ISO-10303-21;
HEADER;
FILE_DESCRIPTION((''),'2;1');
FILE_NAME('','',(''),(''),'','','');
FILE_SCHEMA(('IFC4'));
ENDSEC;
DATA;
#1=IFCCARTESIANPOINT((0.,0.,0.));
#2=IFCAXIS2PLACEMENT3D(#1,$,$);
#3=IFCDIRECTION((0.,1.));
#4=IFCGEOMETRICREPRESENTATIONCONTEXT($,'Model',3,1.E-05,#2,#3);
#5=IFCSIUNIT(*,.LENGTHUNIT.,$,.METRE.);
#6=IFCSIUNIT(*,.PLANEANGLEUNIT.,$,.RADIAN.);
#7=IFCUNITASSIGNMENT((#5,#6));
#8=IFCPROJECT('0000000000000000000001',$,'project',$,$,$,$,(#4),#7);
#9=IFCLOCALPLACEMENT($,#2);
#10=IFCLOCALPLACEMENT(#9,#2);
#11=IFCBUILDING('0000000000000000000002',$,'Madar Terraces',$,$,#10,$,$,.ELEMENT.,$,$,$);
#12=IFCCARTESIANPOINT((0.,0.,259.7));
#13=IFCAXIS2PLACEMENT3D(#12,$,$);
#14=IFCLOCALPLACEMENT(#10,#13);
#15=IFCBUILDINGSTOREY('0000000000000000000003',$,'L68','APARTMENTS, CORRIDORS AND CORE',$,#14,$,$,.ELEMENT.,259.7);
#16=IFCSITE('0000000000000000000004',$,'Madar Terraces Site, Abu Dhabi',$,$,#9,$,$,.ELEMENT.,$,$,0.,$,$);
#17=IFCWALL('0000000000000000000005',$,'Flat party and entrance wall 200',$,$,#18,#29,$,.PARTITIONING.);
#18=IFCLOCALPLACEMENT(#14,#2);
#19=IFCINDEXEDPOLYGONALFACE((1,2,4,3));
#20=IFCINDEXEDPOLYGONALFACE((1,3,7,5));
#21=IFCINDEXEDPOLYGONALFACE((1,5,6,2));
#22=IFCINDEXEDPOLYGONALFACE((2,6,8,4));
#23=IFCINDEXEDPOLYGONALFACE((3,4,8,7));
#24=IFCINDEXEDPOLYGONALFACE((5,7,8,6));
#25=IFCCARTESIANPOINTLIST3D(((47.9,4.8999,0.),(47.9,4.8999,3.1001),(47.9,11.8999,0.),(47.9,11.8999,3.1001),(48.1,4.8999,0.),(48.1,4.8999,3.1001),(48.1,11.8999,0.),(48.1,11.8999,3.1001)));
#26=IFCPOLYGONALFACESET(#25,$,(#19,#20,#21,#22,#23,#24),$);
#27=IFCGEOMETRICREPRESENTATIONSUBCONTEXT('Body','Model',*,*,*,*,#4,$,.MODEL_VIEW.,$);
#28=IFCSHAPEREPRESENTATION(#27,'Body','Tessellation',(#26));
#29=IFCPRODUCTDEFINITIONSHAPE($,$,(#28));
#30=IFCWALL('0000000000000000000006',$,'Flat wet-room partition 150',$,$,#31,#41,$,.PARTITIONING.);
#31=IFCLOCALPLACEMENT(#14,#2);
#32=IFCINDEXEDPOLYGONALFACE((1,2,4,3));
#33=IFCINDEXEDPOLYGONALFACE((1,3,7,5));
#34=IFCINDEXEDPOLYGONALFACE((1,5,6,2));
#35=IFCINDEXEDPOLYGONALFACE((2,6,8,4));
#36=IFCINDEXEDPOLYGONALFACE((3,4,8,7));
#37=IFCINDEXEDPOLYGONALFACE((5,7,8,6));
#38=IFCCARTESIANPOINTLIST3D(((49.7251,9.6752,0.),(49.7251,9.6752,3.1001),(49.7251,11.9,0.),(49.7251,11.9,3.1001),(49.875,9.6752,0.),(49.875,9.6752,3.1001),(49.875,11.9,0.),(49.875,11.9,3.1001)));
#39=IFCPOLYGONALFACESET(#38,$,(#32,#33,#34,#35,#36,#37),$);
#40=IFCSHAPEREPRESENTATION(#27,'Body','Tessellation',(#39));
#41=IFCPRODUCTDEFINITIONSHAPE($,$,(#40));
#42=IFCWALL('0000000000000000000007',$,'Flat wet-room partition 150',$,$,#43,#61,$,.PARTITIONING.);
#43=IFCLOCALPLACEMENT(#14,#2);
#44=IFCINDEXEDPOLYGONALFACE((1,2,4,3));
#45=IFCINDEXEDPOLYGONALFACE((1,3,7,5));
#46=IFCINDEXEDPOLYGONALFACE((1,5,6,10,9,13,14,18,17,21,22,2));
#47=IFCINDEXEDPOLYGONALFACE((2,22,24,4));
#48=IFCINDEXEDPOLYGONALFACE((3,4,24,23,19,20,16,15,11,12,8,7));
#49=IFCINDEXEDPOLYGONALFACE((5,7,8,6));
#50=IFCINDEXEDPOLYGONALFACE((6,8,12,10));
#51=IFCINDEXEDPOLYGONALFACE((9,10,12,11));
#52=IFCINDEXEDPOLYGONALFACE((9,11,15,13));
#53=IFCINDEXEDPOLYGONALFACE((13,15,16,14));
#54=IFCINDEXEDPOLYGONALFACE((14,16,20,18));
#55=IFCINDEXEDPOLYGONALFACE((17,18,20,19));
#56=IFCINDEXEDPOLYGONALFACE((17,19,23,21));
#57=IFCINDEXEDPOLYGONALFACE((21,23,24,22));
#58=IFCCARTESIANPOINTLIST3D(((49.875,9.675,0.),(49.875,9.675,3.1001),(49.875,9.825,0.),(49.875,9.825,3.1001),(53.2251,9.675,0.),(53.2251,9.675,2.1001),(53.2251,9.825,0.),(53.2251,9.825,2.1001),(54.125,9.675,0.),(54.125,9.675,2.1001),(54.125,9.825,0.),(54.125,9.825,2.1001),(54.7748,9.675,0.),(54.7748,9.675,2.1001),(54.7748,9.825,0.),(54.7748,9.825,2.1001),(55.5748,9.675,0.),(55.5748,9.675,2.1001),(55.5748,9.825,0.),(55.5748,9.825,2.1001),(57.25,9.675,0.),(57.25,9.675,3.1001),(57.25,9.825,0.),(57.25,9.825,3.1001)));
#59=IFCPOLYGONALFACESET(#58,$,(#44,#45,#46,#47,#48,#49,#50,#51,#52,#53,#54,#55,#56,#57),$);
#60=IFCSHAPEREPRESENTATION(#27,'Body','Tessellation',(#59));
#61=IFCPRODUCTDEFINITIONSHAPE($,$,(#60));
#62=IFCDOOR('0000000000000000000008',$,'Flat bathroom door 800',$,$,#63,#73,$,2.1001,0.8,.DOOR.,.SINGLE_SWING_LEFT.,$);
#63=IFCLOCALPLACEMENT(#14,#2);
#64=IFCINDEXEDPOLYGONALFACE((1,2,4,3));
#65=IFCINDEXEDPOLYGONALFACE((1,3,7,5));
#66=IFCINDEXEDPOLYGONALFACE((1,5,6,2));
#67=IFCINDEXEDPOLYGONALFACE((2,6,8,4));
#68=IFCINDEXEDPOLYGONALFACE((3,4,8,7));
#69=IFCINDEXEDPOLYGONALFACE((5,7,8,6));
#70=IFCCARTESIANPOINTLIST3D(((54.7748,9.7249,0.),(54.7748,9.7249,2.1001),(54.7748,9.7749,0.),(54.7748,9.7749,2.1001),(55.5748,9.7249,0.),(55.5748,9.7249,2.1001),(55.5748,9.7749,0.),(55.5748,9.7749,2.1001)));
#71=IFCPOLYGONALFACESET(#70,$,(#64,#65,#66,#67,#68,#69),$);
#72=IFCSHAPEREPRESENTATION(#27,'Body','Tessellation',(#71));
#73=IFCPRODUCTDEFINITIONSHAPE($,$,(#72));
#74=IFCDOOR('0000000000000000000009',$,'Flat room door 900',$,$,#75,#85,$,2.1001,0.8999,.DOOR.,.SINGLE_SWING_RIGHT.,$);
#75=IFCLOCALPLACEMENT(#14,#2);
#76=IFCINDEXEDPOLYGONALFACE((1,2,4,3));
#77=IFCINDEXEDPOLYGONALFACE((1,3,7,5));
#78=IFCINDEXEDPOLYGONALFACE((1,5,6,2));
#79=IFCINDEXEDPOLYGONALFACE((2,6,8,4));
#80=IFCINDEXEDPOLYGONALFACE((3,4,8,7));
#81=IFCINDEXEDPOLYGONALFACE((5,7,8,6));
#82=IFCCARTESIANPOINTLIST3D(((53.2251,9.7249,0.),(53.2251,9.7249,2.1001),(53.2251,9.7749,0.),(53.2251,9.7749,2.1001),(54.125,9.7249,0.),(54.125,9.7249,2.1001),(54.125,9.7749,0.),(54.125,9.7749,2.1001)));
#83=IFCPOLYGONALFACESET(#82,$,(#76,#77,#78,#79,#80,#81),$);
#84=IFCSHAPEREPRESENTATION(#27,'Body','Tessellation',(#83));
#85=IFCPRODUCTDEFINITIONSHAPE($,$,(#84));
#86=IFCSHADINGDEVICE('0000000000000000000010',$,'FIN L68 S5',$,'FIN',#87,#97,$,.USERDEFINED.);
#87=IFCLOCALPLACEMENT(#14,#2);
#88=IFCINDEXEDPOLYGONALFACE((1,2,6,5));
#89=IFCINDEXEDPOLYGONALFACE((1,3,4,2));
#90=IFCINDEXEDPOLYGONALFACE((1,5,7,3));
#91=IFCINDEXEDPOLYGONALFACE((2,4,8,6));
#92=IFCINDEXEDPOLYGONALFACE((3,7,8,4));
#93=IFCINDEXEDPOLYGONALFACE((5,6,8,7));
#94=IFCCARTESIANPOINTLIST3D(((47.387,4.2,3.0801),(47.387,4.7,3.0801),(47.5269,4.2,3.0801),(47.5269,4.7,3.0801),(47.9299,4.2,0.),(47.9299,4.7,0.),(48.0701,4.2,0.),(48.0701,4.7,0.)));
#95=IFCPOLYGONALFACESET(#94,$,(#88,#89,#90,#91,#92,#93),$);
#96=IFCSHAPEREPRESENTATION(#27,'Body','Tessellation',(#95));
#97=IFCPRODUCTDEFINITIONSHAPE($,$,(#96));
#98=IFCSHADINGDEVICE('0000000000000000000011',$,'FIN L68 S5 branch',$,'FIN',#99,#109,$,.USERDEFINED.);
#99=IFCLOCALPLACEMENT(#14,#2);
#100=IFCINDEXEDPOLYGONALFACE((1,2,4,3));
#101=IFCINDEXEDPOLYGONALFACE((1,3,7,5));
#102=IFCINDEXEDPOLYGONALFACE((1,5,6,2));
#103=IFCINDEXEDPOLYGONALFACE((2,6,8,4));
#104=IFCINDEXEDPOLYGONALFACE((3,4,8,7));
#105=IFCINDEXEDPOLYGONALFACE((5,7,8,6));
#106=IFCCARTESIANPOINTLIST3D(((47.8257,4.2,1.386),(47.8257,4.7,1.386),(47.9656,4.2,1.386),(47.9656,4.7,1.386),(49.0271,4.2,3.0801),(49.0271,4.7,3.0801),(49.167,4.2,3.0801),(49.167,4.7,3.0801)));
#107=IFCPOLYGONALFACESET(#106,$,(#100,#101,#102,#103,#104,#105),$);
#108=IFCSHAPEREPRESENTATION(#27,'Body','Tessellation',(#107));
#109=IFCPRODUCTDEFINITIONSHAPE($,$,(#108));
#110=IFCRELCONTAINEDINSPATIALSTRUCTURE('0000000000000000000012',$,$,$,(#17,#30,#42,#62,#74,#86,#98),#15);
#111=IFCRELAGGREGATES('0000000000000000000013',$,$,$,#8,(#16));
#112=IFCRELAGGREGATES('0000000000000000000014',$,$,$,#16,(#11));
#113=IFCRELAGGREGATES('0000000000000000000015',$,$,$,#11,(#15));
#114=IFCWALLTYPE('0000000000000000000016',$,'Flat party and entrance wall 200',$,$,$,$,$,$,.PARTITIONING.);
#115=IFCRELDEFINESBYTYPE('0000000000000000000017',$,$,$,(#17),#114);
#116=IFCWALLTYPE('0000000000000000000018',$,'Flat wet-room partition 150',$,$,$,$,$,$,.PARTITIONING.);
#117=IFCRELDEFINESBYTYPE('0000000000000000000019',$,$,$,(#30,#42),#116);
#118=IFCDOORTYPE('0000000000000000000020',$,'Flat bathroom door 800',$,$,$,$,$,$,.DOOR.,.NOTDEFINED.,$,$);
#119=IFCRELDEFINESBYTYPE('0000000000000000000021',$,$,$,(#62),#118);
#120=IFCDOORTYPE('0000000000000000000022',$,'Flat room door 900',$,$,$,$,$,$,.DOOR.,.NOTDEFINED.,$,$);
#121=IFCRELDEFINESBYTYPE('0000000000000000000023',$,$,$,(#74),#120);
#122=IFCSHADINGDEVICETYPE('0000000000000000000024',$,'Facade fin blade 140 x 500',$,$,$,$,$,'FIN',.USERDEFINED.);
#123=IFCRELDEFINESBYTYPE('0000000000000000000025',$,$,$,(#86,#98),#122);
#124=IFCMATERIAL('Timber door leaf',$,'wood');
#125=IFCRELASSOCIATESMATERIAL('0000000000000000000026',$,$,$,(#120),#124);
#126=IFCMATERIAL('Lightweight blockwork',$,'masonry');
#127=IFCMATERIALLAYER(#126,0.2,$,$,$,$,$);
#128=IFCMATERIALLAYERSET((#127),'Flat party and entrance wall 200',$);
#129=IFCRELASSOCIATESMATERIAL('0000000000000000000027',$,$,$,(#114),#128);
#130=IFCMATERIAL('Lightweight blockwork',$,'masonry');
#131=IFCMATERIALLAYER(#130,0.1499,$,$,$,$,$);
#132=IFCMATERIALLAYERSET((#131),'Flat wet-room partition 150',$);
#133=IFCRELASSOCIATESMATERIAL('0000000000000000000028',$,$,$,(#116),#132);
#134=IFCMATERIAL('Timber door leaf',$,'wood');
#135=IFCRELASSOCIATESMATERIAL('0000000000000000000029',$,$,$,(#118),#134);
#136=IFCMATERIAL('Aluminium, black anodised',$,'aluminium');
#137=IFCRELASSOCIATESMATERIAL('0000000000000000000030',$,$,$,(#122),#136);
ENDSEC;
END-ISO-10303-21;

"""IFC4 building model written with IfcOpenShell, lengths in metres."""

from ifc_helpers import new_model, si_unit, direction, frame, frame_2d, origin, place, context, subcontext, project, spatial, polyline, rectangle, outline, extrude, material, layer, layer_set, type_object, element, fill, save


model = new_model("IFC4")

# Units and contexts
model_context = context("Model", 3, precision=1e-05, world=origin(), true_north=direction((0.0, 1.0)))
body_context = subcontext(model_context, "Body", "Model", "MODEL_VIEW")
ifc_project = project(units=[si_unit("LENGTHUNIT", "METRE"), si_unit("PLANEANGLEUNIT", "RADIAN")], contexts=[model_context])

# Site, building, storey
site_placement = place(None, origin())
site = spatial("IfcSite", under=ifc_project, at=site_placement, Name="Madar Terraces Site, Abu Dhabi", CompositionType="ELEMENT", RefElevation=0.0)
building_placement = place(site_placement, origin())
building = spatial("IfcBuilding", under=site, at=building_placement, Name="Madar Terraces", CompositionType="ELEMENT")
storey_placement = place(building_placement, frame((0.0, 0.0, 259.7)))
storey = spatial("IfcBuildingStorey", under=building, at=storey_placement, Name="L68", Description="APARTMENTS, CORRIDORS AND CORE", CompositionType="ELEMENT", Elevation=259.7)

# Shared definitions
ifc_material_1 = material(Name="Timber door leaf", Category="wood")
door_type_1 = type_object("IfcDoorType", Name="Flat room door 900", OperationType="NOTDEFINED", PredefinedType="DOOR", material=ifc_material_1)

# Walls
ifc_material_2 = material(Name="Lightweight blockwork", Category="masonry")
ifc_layer_1 = layer(ifc_material_2, 0.2)
ifc_layer_set_1 = layer_set([ifc_layer_1], Name="Flat party and entrance wall 200")
wall_type_1 = type_object("IfcWallType", Name="Flat party and entrance wall 200", PredefinedType="PARTITIONING", material=ifc_layer_set_1)
wall_1_placement = place(storey_placement, frame((48.0, 11.8999, 0.0), z_axis=(0.0, 0.0, 1.0), x_axis=(0.0, -1.0, 0.0)))
element("IfcWall", 1, at=wall_1_placement, inside=storey, type_object=wall_type_1, Name="Flat party and entrance wall 200", PredefinedType="PARTITIONING", context=body_context, shape_type="SweptSolid", body=[
    extrude(rectangle(XDim=7.0, YDim=0.2, at=frame_2d((3.5, 0.0))), origin(), (0.0, 0.0, 1.0), 3.1001),
])
ifc_material_3 = material(Name="Lightweight blockwork", Category="masonry")
ifc_layer_2 = layer(ifc_material_3, 0.1499)
ifc_layer_set_2 = layer_set([ifc_layer_2], Name="Flat wet-room partition 150")
wall_type_2 = type_object("IfcWallType", Name="Flat wet-room partition 150", PredefinedType="PARTITIONING", material=ifc_layer_set_2)
wall_2_placement = place(storey_placement, frame((49.8, 11.8999, 0.0), z_axis=(0.0, 0.0, 1.0), x_axis=(0.0, -1.0, 0.0)))
element("IfcWall", 2, at=wall_2_placement, inside=storey, type_object=wall_type_2, Name="Flat wet-room partition 150", PredefinedType="PARTITIONING", context=body_context, shape_type="SweptSolid", body=[
    extrude(rectangle(XDim=2.2249, YDim=0.1499, at=frame_2d((1.1123, 0.0))), origin(), (0.0, 0.0, 1.0), 3.1001),
])

# Wall, openings, doors
wall_3_placement = place(storey_placement, frame((49.875, 9.75, 0.0), z_axis=(0.0, 0.0, 1.0), x_axis=(1.0, 0.0, 0.0)))
wall_3 = element("IfcWall", 3, at=wall_3_placement, inside=storey, type_object=wall_type_2, Name="Flat wet-room partition 150", PredefinedType="PARTITIONING", context=body_context, shape_type="SweptSolid", body=[
    extrude(rectangle(XDim=7.375, YDim=0.1499, at=frame_2d((3.6875, 0.0))), origin(), (0.0, 0.0, 1.0), 3.1001),
])
opening_1_placement = place(wall_3_placement, frame((3.3501, 0.0, 0.0)))
opening_1 = element("IfcOpeningElement", 4, at=opening_1_placement, cuts=wall_3, PredefinedType="OPENING", context=body_context, shape_type="SweptSolid", body=[
    extrude(rectangle(XDim=0.8999, YDim=2.1001, at=frame_2d((0.45, 1.05))), frame((0.0, 0.085, 0.0), z_axis=(0.0, -1.0, 0.0), x_axis=(1.0, 0.0, 0.0)), (0.0, 0.0, 1.0), 0.1699),
])
opening_2_placement = place(wall_3_placement, frame((4.8999, 0.0, 0.0)))
opening_2 = element("IfcOpeningElement", 5, at=opening_2_placement, cuts=wall_3, PredefinedType="OPENING", context=body_context, shape_type="SweptSolid", body=[
    extrude(rectangle(XDim=0.8, YDim=2.1001, at=frame_2d((0.3999, 1.05))), frame((0.0, 0.085, 0.0), z_axis=(0.0, -1.0, 0.0), x_axis=(1.0, 0.0, 0.0)), (0.0, 0.0, 1.0), 0.1699),
])
ifc_material_4 = material(Name="Timber door leaf", Category="wood")
door_type_2 = type_object("IfcDoorType", Name="Flat bathroom door 800", OperationType="NOTDEFINED", PredefinedType="DOOR", material=ifc_material_4)
door_1_placement = place(opening_2_placement, origin())
door_1 = element("IfcDoor", 6, at=door_1_placement, inside=storey, type_object=door_type_2, Name="Flat bathroom door 800", OperationType="SINGLE_SWING_LEFT", OverallHeight=2.1001, OverallWidth=0.8, PredefinedType="DOOR", context=body_context, shape_type="SweptSolid", body=[
    extrude(rectangle(XDim=0.8, YDim=2.1001, at=frame_2d((0.3999, 1.05))), frame((0.0, 0.0249, 0.0), z_axis=(0.0, -1.0, 0.0), x_axis=(1.0, 0.0, 0.0)), (0.0, 0.0, 1.0), 0.05),
])
fill(opening_2, door_1)
door_2_placement = place(opening_1_placement, origin())
door_2 = element("IfcDoor", 7, at=door_2_placement, inside=storey, type_object=door_type_1, Name="Flat room door 900", OperationType="SINGLE_SWING_RIGHT", OverallHeight=2.1001, OverallWidth=0.8999, PredefinedType="DOOR", context=body_context, shape_type="SweptSolid", body=[
    extrude(rectangle(XDim=0.8999, YDim=2.1001, at=frame_2d((0.45, 1.05))), frame((0.0, 0.0249, 0.0), z_axis=(0.0, -1.0, 0.0), x_axis=(1.0, 0.0, 0.0)), (0.0, 0.0, 1.0), 0.05),
])
fill(opening_1, door_2)

# Shading devices
ifc_material_5 = material(Name="Aluminium, black anodised", Category="aluminium")
shading_device_type = type_object("IfcShadingDeviceType", Name="Facade fin blade 140 x 500", ElementType="FIN", PredefinedType="USERDEFINED", material=ifc_material_5)
shading_device_1_placement = place(storey_placement, frame((47.9299, 4.45, 0.0), z_axis=(0.0, 0.0, 1.0), x_axis=(1.0, 0.0, 0.0)))
element("IfcShadingDevice", 8, at=shading_device_1_placement, inside=storey, type_object=shading_device_type, Name="FIN L68 S5", ObjectType="FIN", PredefinedType="USERDEFINED", context=body_context, shape_type="SweptSolid", body=[
    extrude(outline(polyline([(0.0, 0.0), (0.1401, 0.0), (-0.4031, 3.0801), (-0.543, 3.0801), (0.0, 0.0)])), frame((0.0, 0.25, 0.0), z_axis=(0.0, -1.0, 0.0), x_axis=(1.0, 0.0, 0.0)), (0.0, 0.0, 1.0), 0.5),
])
shading_device_2_placement = place(storey_placement, frame((47.8257, 4.45, 1.386), z_axis=(0.0, 0.0, 1.0), x_axis=(1.0, 0.0, 0.0)))
element("IfcShadingDevice", 9, at=shading_device_2_placement, inside=storey, type_object=shading_device_type, Name="FIN L68 S5 branch", ObjectType="FIN", PredefinedType="USERDEFINED", context=body_context, shape_type="SweptSolid", body=[
    extrude(outline(polyline([(0.0, 0.0), (0.1399, 0.0), (1.3413, 1.6941), (1.2014, 1.6941), (0.0, 0.0)])), frame((0.0, 0.25, 0.0), z_axis=(0.0, -1.0, 0.0), x_axis=(1.0, 0.0, 0.0)), (0.0, 0.0, 1.0), 0.5),
])

save(model, "model.ifc")
